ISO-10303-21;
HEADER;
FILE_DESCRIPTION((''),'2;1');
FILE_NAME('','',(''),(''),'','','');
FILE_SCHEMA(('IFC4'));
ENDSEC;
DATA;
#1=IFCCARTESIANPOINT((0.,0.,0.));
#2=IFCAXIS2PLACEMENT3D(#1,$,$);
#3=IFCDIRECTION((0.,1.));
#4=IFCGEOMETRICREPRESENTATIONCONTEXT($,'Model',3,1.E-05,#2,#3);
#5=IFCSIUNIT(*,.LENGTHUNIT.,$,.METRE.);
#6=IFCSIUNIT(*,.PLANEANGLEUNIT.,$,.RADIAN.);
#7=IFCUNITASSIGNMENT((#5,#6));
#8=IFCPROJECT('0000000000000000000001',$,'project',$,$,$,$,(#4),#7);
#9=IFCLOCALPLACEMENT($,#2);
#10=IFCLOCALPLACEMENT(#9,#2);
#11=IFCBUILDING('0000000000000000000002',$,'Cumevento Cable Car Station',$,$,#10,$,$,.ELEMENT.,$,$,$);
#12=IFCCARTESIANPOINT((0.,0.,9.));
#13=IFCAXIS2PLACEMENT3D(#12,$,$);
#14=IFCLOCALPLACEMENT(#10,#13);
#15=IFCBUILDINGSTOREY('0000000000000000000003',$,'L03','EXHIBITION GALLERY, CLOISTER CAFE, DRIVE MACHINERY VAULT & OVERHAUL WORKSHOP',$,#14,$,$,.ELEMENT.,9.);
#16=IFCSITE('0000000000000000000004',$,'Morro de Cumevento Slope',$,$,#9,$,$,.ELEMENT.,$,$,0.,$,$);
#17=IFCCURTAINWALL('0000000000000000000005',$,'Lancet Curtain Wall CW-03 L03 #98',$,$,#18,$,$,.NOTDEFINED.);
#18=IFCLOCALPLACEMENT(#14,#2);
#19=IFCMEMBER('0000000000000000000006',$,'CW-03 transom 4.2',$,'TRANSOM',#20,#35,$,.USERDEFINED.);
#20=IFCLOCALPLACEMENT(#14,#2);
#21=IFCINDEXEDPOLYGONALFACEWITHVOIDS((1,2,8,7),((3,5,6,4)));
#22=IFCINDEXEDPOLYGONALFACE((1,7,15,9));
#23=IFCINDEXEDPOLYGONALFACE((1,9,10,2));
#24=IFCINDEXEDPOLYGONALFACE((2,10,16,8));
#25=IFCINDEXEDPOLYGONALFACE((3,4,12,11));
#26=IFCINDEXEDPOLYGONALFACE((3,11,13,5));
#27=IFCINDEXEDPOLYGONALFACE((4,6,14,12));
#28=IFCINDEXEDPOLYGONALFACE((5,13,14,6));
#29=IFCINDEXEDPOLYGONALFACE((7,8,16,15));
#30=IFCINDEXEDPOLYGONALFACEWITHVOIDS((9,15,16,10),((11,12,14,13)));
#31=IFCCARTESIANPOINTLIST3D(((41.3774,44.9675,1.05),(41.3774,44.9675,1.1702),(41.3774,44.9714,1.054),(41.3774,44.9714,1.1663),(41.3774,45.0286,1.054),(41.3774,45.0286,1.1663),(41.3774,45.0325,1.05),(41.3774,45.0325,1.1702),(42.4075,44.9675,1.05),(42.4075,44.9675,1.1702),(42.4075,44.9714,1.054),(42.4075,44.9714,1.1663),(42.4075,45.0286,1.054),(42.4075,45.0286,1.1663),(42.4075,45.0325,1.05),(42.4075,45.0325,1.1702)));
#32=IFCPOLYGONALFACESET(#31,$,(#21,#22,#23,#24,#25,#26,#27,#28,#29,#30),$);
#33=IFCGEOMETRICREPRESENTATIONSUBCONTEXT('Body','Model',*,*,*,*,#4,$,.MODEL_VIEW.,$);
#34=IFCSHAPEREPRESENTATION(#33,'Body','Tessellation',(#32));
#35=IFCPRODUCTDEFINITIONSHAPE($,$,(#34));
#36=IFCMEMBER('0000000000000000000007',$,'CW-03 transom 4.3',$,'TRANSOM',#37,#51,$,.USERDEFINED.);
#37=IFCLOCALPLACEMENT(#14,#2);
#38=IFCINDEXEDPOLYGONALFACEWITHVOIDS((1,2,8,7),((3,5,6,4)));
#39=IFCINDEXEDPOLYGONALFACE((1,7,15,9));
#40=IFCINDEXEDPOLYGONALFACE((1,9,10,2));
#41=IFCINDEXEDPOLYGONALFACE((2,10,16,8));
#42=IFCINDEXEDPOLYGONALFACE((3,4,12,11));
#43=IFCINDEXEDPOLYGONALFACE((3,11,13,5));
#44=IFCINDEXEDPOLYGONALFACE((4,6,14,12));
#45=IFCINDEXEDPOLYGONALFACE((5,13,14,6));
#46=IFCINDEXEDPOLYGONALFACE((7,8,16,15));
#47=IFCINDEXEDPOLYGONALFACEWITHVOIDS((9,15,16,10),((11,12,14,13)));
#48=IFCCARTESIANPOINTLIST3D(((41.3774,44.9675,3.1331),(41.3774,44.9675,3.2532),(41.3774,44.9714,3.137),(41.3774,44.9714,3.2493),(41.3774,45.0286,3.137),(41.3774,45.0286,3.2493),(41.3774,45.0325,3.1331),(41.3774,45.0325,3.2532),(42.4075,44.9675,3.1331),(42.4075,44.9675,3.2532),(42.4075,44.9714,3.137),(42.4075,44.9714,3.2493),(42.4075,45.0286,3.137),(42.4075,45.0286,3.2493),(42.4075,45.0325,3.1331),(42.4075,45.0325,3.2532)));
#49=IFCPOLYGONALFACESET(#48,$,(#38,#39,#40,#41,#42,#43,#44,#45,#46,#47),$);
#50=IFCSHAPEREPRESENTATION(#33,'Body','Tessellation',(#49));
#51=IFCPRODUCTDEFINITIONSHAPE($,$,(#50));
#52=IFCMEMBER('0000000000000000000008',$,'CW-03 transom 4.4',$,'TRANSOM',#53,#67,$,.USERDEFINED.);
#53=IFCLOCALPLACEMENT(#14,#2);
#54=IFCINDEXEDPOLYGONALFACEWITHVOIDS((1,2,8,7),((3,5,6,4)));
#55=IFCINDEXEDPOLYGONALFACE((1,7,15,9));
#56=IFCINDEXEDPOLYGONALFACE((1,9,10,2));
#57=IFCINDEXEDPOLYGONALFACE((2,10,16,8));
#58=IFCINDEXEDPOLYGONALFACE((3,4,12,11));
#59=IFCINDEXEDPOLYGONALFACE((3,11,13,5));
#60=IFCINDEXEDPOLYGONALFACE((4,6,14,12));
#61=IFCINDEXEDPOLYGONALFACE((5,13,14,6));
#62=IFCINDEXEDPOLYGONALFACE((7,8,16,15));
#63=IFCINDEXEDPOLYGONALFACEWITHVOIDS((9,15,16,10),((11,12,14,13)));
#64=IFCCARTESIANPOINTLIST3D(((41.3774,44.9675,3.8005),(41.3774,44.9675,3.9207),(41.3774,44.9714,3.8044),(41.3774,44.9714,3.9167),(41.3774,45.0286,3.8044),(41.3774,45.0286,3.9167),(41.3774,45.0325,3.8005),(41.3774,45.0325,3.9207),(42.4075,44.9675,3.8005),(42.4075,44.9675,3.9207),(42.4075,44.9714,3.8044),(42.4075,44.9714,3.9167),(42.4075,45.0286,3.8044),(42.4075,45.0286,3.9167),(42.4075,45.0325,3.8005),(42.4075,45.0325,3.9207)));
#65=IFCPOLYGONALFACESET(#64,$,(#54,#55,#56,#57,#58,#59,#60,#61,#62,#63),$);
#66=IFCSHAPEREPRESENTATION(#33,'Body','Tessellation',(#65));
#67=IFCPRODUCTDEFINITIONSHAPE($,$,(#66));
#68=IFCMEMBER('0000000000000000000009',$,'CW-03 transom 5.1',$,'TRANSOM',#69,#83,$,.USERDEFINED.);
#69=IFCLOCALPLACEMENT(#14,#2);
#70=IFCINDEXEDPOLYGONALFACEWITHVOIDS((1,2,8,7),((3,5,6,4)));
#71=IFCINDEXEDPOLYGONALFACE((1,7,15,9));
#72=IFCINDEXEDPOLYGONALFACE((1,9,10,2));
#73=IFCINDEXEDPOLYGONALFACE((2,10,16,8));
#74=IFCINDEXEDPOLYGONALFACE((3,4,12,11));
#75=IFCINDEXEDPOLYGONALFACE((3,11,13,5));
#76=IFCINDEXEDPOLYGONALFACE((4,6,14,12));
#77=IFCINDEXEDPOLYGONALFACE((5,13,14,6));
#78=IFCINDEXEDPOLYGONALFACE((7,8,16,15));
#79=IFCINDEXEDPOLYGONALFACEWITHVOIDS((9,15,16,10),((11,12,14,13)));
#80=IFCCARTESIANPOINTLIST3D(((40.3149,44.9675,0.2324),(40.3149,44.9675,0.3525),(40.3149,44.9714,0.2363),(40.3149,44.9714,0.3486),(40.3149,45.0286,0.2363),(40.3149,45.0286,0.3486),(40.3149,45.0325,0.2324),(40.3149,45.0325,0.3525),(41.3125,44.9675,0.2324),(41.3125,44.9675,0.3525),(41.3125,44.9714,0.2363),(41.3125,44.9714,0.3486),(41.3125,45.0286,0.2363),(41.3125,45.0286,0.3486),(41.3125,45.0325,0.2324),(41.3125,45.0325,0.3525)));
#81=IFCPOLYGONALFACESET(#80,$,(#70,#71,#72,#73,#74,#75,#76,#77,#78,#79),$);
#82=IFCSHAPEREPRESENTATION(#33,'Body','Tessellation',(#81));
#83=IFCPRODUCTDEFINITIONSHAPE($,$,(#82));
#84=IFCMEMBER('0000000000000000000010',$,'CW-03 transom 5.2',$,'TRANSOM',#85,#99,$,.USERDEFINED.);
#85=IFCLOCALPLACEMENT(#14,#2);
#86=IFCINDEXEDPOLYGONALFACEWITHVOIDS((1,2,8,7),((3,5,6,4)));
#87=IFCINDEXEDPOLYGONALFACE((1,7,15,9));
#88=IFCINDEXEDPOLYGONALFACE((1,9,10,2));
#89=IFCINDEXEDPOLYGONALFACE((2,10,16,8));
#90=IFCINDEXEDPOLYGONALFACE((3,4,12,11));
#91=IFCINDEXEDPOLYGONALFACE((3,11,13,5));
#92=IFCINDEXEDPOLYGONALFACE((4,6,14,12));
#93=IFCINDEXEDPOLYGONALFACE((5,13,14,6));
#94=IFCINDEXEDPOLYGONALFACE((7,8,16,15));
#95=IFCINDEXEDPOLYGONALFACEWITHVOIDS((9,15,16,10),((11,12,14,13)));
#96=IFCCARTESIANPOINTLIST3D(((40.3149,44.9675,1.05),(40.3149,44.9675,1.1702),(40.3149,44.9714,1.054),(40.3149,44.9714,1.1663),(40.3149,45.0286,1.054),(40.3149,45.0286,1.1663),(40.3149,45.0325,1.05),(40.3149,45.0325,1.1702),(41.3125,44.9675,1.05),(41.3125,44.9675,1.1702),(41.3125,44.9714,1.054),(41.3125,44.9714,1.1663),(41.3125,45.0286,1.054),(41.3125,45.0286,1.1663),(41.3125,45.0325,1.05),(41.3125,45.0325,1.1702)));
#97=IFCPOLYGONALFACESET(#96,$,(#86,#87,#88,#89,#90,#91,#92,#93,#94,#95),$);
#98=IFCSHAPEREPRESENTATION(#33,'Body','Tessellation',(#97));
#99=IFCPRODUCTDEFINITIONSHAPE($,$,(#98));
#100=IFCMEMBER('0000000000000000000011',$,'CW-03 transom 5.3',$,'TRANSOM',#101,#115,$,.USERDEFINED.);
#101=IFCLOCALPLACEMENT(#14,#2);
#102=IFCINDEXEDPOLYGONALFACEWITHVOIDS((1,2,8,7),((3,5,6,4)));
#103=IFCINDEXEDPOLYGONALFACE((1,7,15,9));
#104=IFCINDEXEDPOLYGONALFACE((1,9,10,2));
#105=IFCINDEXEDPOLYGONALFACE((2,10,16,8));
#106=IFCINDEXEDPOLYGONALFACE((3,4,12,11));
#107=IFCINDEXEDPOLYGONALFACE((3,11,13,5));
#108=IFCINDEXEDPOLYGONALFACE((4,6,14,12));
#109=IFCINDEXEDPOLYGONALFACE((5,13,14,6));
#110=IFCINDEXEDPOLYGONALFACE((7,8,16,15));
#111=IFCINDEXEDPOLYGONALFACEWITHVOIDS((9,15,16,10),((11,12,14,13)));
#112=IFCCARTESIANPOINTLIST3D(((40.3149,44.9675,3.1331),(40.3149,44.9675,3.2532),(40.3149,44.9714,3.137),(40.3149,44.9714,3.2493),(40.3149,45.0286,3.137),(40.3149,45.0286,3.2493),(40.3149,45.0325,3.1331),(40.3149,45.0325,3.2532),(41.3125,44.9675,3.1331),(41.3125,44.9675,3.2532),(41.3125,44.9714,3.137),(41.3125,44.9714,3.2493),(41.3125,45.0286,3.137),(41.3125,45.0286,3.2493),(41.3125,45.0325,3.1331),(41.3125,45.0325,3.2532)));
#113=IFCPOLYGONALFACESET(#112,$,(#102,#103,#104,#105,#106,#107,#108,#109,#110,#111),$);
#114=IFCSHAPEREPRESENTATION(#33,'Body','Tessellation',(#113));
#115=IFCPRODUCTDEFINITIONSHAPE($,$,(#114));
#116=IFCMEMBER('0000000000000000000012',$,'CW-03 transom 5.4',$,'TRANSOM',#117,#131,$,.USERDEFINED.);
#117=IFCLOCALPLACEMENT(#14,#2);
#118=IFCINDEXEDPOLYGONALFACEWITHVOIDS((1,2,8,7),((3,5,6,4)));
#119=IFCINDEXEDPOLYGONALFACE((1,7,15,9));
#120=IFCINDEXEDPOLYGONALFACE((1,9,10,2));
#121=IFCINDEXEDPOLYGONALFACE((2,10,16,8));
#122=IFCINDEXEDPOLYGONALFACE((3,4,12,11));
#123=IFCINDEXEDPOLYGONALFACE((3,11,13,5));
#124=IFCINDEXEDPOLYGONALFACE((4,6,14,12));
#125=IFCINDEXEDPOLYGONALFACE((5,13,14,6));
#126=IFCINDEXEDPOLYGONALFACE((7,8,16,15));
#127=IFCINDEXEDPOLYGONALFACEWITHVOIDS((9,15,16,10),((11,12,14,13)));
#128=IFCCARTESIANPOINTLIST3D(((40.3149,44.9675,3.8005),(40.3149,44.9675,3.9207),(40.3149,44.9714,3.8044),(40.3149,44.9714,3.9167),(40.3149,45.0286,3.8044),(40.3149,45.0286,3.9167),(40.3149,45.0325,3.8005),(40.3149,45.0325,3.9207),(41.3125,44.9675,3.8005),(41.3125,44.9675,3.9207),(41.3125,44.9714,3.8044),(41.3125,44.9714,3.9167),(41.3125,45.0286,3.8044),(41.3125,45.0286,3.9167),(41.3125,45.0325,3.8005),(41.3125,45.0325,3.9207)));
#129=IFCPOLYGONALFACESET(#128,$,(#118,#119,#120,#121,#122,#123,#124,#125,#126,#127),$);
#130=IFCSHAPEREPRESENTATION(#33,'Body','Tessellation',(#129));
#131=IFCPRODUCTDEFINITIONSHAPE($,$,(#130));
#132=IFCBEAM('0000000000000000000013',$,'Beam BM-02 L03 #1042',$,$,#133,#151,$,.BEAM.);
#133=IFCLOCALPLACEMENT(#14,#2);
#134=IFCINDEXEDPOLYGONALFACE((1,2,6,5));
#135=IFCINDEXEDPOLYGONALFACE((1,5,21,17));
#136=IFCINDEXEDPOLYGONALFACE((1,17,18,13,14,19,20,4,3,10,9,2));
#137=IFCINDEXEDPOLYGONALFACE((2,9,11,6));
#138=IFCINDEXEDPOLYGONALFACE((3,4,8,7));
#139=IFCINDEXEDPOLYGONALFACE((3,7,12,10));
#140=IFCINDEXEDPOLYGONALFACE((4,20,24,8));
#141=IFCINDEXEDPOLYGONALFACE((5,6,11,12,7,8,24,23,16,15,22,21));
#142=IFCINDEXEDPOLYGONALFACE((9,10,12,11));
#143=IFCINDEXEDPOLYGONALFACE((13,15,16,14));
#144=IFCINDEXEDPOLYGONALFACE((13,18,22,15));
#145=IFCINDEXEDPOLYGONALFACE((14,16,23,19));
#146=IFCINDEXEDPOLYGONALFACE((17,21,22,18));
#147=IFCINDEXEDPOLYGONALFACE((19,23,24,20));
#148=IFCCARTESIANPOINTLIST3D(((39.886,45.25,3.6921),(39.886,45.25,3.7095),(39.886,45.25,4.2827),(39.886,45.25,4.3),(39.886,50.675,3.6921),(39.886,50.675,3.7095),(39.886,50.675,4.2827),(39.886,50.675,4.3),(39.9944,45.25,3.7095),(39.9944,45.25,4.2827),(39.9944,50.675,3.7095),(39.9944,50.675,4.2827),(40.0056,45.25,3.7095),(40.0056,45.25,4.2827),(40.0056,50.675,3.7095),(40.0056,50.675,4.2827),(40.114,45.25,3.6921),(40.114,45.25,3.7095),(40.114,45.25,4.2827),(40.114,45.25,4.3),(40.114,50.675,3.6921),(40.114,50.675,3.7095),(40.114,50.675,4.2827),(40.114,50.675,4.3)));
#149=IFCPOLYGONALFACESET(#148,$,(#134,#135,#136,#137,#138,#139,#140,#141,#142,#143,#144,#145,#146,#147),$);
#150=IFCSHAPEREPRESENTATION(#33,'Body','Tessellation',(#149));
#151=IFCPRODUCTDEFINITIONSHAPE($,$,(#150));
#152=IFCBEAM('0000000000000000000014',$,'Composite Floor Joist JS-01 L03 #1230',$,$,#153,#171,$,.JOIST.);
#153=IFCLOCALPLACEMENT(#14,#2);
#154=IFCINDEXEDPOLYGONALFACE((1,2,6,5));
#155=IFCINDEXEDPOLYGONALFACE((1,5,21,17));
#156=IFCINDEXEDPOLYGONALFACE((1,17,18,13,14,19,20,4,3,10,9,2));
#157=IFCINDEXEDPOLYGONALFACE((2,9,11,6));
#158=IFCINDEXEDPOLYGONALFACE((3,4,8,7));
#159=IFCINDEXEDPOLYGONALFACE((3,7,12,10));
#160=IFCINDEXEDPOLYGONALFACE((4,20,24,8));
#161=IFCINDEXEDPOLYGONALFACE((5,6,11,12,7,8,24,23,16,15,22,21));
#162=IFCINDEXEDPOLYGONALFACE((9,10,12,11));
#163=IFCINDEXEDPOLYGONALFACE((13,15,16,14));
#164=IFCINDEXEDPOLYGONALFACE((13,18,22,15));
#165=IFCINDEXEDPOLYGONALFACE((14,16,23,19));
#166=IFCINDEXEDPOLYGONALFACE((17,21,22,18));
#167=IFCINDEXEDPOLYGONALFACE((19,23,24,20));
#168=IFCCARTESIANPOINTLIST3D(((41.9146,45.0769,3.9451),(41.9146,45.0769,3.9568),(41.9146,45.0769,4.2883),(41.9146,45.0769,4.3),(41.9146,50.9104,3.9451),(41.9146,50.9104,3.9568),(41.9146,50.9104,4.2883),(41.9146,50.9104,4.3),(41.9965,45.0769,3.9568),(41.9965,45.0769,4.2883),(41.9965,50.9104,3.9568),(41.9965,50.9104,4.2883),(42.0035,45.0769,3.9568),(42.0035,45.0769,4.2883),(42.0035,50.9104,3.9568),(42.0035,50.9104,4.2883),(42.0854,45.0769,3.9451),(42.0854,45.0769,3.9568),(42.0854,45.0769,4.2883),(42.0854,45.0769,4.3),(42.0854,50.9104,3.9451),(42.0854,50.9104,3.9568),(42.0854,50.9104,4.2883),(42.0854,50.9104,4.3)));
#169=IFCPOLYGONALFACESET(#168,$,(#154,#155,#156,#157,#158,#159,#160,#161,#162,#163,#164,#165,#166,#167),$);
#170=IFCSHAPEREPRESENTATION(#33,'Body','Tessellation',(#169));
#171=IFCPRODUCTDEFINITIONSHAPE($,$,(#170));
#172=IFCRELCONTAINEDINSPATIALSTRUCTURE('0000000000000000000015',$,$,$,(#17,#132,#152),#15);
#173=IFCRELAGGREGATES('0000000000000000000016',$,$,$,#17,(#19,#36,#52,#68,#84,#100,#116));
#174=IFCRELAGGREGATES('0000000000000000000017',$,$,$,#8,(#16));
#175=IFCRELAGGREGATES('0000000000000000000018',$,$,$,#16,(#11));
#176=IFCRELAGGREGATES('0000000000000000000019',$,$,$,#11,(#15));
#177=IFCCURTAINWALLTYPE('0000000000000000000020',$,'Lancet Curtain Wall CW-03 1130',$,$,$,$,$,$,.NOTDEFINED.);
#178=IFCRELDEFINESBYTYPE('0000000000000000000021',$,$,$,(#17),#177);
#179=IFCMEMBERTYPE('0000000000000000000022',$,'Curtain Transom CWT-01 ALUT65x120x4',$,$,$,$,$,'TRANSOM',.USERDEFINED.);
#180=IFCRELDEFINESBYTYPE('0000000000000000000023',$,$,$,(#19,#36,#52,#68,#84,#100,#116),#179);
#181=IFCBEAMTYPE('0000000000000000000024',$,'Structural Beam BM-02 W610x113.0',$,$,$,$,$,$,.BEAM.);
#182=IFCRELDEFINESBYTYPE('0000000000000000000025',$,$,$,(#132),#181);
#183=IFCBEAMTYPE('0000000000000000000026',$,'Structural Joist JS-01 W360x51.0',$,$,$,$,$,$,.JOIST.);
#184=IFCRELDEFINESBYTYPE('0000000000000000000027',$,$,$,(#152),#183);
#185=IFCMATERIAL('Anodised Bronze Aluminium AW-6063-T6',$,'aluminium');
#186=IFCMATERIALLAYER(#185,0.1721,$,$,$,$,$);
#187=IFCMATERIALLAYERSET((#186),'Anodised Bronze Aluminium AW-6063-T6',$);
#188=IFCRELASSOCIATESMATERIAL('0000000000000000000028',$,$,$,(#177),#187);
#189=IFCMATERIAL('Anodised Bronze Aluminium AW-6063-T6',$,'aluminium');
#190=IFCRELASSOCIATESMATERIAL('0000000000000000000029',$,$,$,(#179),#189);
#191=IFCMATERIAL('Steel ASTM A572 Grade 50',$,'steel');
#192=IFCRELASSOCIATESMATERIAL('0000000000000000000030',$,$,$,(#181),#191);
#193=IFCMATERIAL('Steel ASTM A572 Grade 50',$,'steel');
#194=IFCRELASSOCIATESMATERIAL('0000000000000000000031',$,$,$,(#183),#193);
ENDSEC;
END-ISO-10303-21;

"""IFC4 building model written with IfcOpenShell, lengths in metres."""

from ifc_helpers import new_model, si_unit, direction, frame, origin, origin_2d, place, context, subcontext, project, spatial, hollow_rectangle, i_section, extrude, material, layer, layer_set, material_profile, profile_set, type_object, element, aggregate, save


model = new_model("IFC4")

# Units and contexts
model_context = context("Model", 3, precision=1e-05, world=origin(), true_north=direction((0.0, 1.0)))
body_context = subcontext(model_context, "Body", "Model", "MODEL_VIEW")
ifc_project = project(units=[si_unit("LENGTHUNIT", "METRE"), si_unit("PLANEANGLEUNIT", "RADIAN")], contexts=[model_context])

# Site, building, storey
site_placement = place(None, origin())
site = spatial("IfcSite", under=ifc_project, at=site_placement, Name="Morro de Cumevento Slope", CompositionType="ELEMENT", RefElevation=0.0)
building_placement = place(site_placement, origin())
building = spatial("IfcBuilding", under=site, at=building_placement, Name="Cumevento Cable Car Station", CompositionType="ELEMENT")
storey_placement = place(building_placement, frame((0.0, 0.0, 9.0)))
storey = spatial("IfcBuildingStorey", under=building, at=storey_placement, Name="L03", Description="EXHIBITION GALLERY, CLOISTER CAFE, DRIVE MACHINERY VAULT & OVERHAUL WORKSHOP", CompositionType="ELEMENT", Elevation=9.0)

# Curtain wall
ifc_material_1 = material(Name="Anodised Bronze Aluminium AW-6063-T6", Category="aluminium")
ifc_layer_1 = layer(ifc_material_1, 0.1721)
ifc_layer_set_1 = layer_set([ifc_layer_1], Name="Anodised Bronze Aluminium AW-6063-T6")
curtain_wall_type_1 = type_object("IfcCurtainWallType", Name="Lancet Curtain Wall CW-03 1130", PredefinedType="NOTDEFINED", material=ifc_layer_set_1)
curtain_wall_1_placement = place(storey_placement, origin())
curtain_wall_1 = element("IfcCurtainWall", 1, at=curtain_wall_1_placement, inside=storey, type_object=curtain_wall_type_1, Name="Lancet Curtain Wall CW-03 L03 #98", PredefinedType="NOTDEFINED")

# Members
ifc_material_2 = material(Name="Anodised Bronze Aluminium AW-6063-T6", Category="aluminium")
ifc_material_profile_1 = material_profile(ifc_material_2, hollow_rectangle(XDim=0.0649, YDim=0.1201, WallThickness=0.0039, at=origin_2d()), Name="ALUT65x120x4")
ifc_profile_set_1 = profile_set([ifc_material_profile_1], Name="Anodised Bronze Aluminium AW-6063-T6")
member_type_1 = type_object("IfcMemberType", Name="Curtain Transom CWT-01 ALUT65x120x4", ElementType="TRANSOM", PredefinedType="USERDEFINED", material=ifc_profile_set_1)
member_1_placement = place(storey_placement, frame((42.4075, 45.0, 1.1101), z_axis=(-1.0, 0.0, 0.0), x_axis=(0.0, -1.0, 0.0)))
member_1 = element("IfcMember", 2, at=member_1_placement, type_object=member_type_1, Name="CW-03 transom 4.2", ObjectType="TRANSOM", PredefinedType="USERDEFINED", context=body_context, shape_type="SweptSolid", body=[
    extrude(hollow_rectangle(XDim=0.0649, YDim=0.1201, WallThickness=0.0039, at=origin_2d()), origin(), (0.0, 0.0, 1.0), 1.03),
])
member_2_placement = place(storey_placement, frame((42.4075, 45.0, 3.1931), z_axis=(-1.0, 0.0, 0.0), x_axis=(0.0, -1.0, 0.0)))
member_2 = element("IfcMember", 3, at=member_2_placement, type_object=member_type_1, Name="CW-03 transom 4.3", ObjectType="TRANSOM", PredefinedType="USERDEFINED", context=body_context, shape_type="SweptSolid", body=[
    extrude(hollow_rectangle(XDim=0.0649, YDim=0.1201, WallThickness=0.0039, at=origin_2d()), origin(), (0.0, 0.0, 1.0), 1.03),
])
member_3_placement = place(storey_placement, frame((42.4075, 45.0, 3.8606), z_axis=(-1.0, 0.0, 0.0), x_axis=(0.0, -1.0, 0.0)))
member_3 = element("IfcMember", 4, at=member_3_placement, type_object=member_type_1, Name="CW-03 transom 4.4", ObjectType="TRANSOM", PredefinedType="USERDEFINED", context=body_context, shape_type="SweptSolid", body=[
    extrude(hollow_rectangle(XDim=0.0649, YDim=0.1201, WallThickness=0.0039, at=origin_2d()), origin(), (0.0, 0.0, 1.0), 1.03),
])
member_4_placement = place(storey_placement, frame((41.3125, 45.0, 0.2925), z_axis=(-1.0, 0.0, 0.0), x_axis=(0.0, -1.0, 0.0)))
member_4 = element("IfcMember", 5, at=member_4_placement, type_object=member_type_1, Name="CW-03 transom 5.1", ObjectType="TRANSOM", PredefinedType="USERDEFINED", context=body_context, shape_type="SweptSolid", body=[
    extrude(hollow_rectangle(XDim=0.0649, YDim=0.1201, WallThickness=0.0039, at=origin_2d()), origin(), (0.0, 0.0, 1.0), 0.9976),
])
member_5_placement = place(storey_placement, frame((41.3125, 45.0, 1.1101), z_axis=(-1.0, 0.0, 0.0), x_axis=(0.0, -1.0, 0.0)))
member_5 = element("IfcMember", 6, at=member_5_placement, type_object=member_type_1, Name="CW-03 transom 5.2", ObjectType="TRANSOM", PredefinedType="USERDEFINED", context=body_context, shape_type="SweptSolid", body=[
    extrude(hollow_rectangle(XDim=0.0649, YDim=0.1201, WallThickness=0.0039, at=origin_2d()), origin(), (0.0, 0.0, 1.0), 0.9976),
])
member_6_placement = place(storey_placement, frame((41.3125, 45.0, 3.1931), z_axis=(-1.0, 0.0, 0.0), x_axis=(0.0, -1.0, 0.0)))
member_6 = element("IfcMember", 7, at=member_6_placement, type_object=member_type_1, Name="CW-03 transom 5.3", ObjectType="TRANSOM", PredefinedType="USERDEFINED", context=body_context, shape_type="SweptSolid", body=[
    extrude(hollow_rectangle(XDim=0.0649, YDim=0.1201, WallThickness=0.0039, at=origin_2d()), origin(), (0.0, 0.0, 1.0), 0.9976),
])
member_7_placement = place(storey_placement, frame((41.3125, 45.0, 3.8606), z_axis=(-1.0, 0.0, 0.0), x_axis=(0.0, -1.0, 0.0)))
member_7 = element("IfcMember", 8, at=member_7_placement, type_object=member_type_1, Name="CW-03 transom 5.4", ObjectType="TRANSOM", PredefinedType="USERDEFINED", context=body_context, shape_type="SweptSolid", body=[
    extrude(hollow_rectangle(XDim=0.0649, YDim=0.1201, WallThickness=0.0039, at=origin_2d()), origin(), (0.0, 0.0, 1.0), 0.9976),
])

# Beams
ifc_material_3 = material(Name="Steel ASTM A572 Grade 50", Category="steel")
ifc_material_profile_2 = material_profile(ifc_material_3, i_section(OverallWidth=0.228, OverallDepth=0.6079, WebThickness=0.0112, FlangeThickness=0.0173, at=origin_2d()), Name="W610x113.0")
ifc_profile_set_2 = profile_set([ifc_material_profile_2], Name="Steel ASTM A572 Grade 50")
beam_type_1 = type_object("IfcBeamType", Name="Structural Beam BM-02 W610x113.0", PredefinedType="BEAM", material=ifc_profile_set_2)
beam_1_placement = place(storey_placement, frame((40.0, 45.25, 3.9961), z_axis=(0.0, 1.0, 0.0), x_axis=(-1.0, 0.0, 0.0)))
element("IfcBeam", 9, at=beam_1_placement, inside=storey, type_object=beam_type_1, Name="Beam BM-02 L03 #1042", PredefinedType="BEAM", context=body_context, shape_type="SweptSolid", body=[
    extrude(i_section(OverallWidth=0.228, OverallDepth=0.6079, WebThickness=0.0112, FlangeThickness=0.0173, at=origin_2d()), origin(), (0.0, 0.0, 1.0), 5.425),
])
ifc_material_4 = material(Name="Steel ASTM A572 Grade 50", Category="steel")
ifc_material_profile_3 = material_profile(ifc_material_4, i_section(OverallWidth=0.1709, OverallDepth=0.355, WebThickness=0.0071, FlangeThickness=0.0117, at=origin_2d()), Name="W360x51.0")
ifc_profile_set_3 = profile_set([ifc_material_profile_3], Name="Steel ASTM A572 Grade 50")
beam_type_2 = type_object("IfcBeamType", Name="Structural Joist JS-01 W360x51.0", PredefinedType="JOIST", material=ifc_profile_set_3)
beam_2_placement = place(storey_placement, frame((42.0, 45.0769, 4.1226), z_axis=(0.0, 1.0, 0.0), x_axis=(-1.0, 0.0, 0.0)))
element("IfcBeam", 10, at=beam_2_placement, inside=storey, type_object=beam_type_2, Name="Composite Floor Joist JS-01 L03 #1230", PredefinedType="JOIST", context=body_context, shape_type="SweptSolid", body=[
    extrude(i_section(OverallWidth=0.1709, OverallDepth=0.355, WebThickness=0.0071, FlangeThickness=0.0117, at=origin_2d()), origin(), (0.0, 0.0, 1.0), 5.8335),
])

aggregate(curtain_wall_1, [member_1, member_2, member_3, member_4, member_5, member_6, member_7])

save(model, "model.ifc")
